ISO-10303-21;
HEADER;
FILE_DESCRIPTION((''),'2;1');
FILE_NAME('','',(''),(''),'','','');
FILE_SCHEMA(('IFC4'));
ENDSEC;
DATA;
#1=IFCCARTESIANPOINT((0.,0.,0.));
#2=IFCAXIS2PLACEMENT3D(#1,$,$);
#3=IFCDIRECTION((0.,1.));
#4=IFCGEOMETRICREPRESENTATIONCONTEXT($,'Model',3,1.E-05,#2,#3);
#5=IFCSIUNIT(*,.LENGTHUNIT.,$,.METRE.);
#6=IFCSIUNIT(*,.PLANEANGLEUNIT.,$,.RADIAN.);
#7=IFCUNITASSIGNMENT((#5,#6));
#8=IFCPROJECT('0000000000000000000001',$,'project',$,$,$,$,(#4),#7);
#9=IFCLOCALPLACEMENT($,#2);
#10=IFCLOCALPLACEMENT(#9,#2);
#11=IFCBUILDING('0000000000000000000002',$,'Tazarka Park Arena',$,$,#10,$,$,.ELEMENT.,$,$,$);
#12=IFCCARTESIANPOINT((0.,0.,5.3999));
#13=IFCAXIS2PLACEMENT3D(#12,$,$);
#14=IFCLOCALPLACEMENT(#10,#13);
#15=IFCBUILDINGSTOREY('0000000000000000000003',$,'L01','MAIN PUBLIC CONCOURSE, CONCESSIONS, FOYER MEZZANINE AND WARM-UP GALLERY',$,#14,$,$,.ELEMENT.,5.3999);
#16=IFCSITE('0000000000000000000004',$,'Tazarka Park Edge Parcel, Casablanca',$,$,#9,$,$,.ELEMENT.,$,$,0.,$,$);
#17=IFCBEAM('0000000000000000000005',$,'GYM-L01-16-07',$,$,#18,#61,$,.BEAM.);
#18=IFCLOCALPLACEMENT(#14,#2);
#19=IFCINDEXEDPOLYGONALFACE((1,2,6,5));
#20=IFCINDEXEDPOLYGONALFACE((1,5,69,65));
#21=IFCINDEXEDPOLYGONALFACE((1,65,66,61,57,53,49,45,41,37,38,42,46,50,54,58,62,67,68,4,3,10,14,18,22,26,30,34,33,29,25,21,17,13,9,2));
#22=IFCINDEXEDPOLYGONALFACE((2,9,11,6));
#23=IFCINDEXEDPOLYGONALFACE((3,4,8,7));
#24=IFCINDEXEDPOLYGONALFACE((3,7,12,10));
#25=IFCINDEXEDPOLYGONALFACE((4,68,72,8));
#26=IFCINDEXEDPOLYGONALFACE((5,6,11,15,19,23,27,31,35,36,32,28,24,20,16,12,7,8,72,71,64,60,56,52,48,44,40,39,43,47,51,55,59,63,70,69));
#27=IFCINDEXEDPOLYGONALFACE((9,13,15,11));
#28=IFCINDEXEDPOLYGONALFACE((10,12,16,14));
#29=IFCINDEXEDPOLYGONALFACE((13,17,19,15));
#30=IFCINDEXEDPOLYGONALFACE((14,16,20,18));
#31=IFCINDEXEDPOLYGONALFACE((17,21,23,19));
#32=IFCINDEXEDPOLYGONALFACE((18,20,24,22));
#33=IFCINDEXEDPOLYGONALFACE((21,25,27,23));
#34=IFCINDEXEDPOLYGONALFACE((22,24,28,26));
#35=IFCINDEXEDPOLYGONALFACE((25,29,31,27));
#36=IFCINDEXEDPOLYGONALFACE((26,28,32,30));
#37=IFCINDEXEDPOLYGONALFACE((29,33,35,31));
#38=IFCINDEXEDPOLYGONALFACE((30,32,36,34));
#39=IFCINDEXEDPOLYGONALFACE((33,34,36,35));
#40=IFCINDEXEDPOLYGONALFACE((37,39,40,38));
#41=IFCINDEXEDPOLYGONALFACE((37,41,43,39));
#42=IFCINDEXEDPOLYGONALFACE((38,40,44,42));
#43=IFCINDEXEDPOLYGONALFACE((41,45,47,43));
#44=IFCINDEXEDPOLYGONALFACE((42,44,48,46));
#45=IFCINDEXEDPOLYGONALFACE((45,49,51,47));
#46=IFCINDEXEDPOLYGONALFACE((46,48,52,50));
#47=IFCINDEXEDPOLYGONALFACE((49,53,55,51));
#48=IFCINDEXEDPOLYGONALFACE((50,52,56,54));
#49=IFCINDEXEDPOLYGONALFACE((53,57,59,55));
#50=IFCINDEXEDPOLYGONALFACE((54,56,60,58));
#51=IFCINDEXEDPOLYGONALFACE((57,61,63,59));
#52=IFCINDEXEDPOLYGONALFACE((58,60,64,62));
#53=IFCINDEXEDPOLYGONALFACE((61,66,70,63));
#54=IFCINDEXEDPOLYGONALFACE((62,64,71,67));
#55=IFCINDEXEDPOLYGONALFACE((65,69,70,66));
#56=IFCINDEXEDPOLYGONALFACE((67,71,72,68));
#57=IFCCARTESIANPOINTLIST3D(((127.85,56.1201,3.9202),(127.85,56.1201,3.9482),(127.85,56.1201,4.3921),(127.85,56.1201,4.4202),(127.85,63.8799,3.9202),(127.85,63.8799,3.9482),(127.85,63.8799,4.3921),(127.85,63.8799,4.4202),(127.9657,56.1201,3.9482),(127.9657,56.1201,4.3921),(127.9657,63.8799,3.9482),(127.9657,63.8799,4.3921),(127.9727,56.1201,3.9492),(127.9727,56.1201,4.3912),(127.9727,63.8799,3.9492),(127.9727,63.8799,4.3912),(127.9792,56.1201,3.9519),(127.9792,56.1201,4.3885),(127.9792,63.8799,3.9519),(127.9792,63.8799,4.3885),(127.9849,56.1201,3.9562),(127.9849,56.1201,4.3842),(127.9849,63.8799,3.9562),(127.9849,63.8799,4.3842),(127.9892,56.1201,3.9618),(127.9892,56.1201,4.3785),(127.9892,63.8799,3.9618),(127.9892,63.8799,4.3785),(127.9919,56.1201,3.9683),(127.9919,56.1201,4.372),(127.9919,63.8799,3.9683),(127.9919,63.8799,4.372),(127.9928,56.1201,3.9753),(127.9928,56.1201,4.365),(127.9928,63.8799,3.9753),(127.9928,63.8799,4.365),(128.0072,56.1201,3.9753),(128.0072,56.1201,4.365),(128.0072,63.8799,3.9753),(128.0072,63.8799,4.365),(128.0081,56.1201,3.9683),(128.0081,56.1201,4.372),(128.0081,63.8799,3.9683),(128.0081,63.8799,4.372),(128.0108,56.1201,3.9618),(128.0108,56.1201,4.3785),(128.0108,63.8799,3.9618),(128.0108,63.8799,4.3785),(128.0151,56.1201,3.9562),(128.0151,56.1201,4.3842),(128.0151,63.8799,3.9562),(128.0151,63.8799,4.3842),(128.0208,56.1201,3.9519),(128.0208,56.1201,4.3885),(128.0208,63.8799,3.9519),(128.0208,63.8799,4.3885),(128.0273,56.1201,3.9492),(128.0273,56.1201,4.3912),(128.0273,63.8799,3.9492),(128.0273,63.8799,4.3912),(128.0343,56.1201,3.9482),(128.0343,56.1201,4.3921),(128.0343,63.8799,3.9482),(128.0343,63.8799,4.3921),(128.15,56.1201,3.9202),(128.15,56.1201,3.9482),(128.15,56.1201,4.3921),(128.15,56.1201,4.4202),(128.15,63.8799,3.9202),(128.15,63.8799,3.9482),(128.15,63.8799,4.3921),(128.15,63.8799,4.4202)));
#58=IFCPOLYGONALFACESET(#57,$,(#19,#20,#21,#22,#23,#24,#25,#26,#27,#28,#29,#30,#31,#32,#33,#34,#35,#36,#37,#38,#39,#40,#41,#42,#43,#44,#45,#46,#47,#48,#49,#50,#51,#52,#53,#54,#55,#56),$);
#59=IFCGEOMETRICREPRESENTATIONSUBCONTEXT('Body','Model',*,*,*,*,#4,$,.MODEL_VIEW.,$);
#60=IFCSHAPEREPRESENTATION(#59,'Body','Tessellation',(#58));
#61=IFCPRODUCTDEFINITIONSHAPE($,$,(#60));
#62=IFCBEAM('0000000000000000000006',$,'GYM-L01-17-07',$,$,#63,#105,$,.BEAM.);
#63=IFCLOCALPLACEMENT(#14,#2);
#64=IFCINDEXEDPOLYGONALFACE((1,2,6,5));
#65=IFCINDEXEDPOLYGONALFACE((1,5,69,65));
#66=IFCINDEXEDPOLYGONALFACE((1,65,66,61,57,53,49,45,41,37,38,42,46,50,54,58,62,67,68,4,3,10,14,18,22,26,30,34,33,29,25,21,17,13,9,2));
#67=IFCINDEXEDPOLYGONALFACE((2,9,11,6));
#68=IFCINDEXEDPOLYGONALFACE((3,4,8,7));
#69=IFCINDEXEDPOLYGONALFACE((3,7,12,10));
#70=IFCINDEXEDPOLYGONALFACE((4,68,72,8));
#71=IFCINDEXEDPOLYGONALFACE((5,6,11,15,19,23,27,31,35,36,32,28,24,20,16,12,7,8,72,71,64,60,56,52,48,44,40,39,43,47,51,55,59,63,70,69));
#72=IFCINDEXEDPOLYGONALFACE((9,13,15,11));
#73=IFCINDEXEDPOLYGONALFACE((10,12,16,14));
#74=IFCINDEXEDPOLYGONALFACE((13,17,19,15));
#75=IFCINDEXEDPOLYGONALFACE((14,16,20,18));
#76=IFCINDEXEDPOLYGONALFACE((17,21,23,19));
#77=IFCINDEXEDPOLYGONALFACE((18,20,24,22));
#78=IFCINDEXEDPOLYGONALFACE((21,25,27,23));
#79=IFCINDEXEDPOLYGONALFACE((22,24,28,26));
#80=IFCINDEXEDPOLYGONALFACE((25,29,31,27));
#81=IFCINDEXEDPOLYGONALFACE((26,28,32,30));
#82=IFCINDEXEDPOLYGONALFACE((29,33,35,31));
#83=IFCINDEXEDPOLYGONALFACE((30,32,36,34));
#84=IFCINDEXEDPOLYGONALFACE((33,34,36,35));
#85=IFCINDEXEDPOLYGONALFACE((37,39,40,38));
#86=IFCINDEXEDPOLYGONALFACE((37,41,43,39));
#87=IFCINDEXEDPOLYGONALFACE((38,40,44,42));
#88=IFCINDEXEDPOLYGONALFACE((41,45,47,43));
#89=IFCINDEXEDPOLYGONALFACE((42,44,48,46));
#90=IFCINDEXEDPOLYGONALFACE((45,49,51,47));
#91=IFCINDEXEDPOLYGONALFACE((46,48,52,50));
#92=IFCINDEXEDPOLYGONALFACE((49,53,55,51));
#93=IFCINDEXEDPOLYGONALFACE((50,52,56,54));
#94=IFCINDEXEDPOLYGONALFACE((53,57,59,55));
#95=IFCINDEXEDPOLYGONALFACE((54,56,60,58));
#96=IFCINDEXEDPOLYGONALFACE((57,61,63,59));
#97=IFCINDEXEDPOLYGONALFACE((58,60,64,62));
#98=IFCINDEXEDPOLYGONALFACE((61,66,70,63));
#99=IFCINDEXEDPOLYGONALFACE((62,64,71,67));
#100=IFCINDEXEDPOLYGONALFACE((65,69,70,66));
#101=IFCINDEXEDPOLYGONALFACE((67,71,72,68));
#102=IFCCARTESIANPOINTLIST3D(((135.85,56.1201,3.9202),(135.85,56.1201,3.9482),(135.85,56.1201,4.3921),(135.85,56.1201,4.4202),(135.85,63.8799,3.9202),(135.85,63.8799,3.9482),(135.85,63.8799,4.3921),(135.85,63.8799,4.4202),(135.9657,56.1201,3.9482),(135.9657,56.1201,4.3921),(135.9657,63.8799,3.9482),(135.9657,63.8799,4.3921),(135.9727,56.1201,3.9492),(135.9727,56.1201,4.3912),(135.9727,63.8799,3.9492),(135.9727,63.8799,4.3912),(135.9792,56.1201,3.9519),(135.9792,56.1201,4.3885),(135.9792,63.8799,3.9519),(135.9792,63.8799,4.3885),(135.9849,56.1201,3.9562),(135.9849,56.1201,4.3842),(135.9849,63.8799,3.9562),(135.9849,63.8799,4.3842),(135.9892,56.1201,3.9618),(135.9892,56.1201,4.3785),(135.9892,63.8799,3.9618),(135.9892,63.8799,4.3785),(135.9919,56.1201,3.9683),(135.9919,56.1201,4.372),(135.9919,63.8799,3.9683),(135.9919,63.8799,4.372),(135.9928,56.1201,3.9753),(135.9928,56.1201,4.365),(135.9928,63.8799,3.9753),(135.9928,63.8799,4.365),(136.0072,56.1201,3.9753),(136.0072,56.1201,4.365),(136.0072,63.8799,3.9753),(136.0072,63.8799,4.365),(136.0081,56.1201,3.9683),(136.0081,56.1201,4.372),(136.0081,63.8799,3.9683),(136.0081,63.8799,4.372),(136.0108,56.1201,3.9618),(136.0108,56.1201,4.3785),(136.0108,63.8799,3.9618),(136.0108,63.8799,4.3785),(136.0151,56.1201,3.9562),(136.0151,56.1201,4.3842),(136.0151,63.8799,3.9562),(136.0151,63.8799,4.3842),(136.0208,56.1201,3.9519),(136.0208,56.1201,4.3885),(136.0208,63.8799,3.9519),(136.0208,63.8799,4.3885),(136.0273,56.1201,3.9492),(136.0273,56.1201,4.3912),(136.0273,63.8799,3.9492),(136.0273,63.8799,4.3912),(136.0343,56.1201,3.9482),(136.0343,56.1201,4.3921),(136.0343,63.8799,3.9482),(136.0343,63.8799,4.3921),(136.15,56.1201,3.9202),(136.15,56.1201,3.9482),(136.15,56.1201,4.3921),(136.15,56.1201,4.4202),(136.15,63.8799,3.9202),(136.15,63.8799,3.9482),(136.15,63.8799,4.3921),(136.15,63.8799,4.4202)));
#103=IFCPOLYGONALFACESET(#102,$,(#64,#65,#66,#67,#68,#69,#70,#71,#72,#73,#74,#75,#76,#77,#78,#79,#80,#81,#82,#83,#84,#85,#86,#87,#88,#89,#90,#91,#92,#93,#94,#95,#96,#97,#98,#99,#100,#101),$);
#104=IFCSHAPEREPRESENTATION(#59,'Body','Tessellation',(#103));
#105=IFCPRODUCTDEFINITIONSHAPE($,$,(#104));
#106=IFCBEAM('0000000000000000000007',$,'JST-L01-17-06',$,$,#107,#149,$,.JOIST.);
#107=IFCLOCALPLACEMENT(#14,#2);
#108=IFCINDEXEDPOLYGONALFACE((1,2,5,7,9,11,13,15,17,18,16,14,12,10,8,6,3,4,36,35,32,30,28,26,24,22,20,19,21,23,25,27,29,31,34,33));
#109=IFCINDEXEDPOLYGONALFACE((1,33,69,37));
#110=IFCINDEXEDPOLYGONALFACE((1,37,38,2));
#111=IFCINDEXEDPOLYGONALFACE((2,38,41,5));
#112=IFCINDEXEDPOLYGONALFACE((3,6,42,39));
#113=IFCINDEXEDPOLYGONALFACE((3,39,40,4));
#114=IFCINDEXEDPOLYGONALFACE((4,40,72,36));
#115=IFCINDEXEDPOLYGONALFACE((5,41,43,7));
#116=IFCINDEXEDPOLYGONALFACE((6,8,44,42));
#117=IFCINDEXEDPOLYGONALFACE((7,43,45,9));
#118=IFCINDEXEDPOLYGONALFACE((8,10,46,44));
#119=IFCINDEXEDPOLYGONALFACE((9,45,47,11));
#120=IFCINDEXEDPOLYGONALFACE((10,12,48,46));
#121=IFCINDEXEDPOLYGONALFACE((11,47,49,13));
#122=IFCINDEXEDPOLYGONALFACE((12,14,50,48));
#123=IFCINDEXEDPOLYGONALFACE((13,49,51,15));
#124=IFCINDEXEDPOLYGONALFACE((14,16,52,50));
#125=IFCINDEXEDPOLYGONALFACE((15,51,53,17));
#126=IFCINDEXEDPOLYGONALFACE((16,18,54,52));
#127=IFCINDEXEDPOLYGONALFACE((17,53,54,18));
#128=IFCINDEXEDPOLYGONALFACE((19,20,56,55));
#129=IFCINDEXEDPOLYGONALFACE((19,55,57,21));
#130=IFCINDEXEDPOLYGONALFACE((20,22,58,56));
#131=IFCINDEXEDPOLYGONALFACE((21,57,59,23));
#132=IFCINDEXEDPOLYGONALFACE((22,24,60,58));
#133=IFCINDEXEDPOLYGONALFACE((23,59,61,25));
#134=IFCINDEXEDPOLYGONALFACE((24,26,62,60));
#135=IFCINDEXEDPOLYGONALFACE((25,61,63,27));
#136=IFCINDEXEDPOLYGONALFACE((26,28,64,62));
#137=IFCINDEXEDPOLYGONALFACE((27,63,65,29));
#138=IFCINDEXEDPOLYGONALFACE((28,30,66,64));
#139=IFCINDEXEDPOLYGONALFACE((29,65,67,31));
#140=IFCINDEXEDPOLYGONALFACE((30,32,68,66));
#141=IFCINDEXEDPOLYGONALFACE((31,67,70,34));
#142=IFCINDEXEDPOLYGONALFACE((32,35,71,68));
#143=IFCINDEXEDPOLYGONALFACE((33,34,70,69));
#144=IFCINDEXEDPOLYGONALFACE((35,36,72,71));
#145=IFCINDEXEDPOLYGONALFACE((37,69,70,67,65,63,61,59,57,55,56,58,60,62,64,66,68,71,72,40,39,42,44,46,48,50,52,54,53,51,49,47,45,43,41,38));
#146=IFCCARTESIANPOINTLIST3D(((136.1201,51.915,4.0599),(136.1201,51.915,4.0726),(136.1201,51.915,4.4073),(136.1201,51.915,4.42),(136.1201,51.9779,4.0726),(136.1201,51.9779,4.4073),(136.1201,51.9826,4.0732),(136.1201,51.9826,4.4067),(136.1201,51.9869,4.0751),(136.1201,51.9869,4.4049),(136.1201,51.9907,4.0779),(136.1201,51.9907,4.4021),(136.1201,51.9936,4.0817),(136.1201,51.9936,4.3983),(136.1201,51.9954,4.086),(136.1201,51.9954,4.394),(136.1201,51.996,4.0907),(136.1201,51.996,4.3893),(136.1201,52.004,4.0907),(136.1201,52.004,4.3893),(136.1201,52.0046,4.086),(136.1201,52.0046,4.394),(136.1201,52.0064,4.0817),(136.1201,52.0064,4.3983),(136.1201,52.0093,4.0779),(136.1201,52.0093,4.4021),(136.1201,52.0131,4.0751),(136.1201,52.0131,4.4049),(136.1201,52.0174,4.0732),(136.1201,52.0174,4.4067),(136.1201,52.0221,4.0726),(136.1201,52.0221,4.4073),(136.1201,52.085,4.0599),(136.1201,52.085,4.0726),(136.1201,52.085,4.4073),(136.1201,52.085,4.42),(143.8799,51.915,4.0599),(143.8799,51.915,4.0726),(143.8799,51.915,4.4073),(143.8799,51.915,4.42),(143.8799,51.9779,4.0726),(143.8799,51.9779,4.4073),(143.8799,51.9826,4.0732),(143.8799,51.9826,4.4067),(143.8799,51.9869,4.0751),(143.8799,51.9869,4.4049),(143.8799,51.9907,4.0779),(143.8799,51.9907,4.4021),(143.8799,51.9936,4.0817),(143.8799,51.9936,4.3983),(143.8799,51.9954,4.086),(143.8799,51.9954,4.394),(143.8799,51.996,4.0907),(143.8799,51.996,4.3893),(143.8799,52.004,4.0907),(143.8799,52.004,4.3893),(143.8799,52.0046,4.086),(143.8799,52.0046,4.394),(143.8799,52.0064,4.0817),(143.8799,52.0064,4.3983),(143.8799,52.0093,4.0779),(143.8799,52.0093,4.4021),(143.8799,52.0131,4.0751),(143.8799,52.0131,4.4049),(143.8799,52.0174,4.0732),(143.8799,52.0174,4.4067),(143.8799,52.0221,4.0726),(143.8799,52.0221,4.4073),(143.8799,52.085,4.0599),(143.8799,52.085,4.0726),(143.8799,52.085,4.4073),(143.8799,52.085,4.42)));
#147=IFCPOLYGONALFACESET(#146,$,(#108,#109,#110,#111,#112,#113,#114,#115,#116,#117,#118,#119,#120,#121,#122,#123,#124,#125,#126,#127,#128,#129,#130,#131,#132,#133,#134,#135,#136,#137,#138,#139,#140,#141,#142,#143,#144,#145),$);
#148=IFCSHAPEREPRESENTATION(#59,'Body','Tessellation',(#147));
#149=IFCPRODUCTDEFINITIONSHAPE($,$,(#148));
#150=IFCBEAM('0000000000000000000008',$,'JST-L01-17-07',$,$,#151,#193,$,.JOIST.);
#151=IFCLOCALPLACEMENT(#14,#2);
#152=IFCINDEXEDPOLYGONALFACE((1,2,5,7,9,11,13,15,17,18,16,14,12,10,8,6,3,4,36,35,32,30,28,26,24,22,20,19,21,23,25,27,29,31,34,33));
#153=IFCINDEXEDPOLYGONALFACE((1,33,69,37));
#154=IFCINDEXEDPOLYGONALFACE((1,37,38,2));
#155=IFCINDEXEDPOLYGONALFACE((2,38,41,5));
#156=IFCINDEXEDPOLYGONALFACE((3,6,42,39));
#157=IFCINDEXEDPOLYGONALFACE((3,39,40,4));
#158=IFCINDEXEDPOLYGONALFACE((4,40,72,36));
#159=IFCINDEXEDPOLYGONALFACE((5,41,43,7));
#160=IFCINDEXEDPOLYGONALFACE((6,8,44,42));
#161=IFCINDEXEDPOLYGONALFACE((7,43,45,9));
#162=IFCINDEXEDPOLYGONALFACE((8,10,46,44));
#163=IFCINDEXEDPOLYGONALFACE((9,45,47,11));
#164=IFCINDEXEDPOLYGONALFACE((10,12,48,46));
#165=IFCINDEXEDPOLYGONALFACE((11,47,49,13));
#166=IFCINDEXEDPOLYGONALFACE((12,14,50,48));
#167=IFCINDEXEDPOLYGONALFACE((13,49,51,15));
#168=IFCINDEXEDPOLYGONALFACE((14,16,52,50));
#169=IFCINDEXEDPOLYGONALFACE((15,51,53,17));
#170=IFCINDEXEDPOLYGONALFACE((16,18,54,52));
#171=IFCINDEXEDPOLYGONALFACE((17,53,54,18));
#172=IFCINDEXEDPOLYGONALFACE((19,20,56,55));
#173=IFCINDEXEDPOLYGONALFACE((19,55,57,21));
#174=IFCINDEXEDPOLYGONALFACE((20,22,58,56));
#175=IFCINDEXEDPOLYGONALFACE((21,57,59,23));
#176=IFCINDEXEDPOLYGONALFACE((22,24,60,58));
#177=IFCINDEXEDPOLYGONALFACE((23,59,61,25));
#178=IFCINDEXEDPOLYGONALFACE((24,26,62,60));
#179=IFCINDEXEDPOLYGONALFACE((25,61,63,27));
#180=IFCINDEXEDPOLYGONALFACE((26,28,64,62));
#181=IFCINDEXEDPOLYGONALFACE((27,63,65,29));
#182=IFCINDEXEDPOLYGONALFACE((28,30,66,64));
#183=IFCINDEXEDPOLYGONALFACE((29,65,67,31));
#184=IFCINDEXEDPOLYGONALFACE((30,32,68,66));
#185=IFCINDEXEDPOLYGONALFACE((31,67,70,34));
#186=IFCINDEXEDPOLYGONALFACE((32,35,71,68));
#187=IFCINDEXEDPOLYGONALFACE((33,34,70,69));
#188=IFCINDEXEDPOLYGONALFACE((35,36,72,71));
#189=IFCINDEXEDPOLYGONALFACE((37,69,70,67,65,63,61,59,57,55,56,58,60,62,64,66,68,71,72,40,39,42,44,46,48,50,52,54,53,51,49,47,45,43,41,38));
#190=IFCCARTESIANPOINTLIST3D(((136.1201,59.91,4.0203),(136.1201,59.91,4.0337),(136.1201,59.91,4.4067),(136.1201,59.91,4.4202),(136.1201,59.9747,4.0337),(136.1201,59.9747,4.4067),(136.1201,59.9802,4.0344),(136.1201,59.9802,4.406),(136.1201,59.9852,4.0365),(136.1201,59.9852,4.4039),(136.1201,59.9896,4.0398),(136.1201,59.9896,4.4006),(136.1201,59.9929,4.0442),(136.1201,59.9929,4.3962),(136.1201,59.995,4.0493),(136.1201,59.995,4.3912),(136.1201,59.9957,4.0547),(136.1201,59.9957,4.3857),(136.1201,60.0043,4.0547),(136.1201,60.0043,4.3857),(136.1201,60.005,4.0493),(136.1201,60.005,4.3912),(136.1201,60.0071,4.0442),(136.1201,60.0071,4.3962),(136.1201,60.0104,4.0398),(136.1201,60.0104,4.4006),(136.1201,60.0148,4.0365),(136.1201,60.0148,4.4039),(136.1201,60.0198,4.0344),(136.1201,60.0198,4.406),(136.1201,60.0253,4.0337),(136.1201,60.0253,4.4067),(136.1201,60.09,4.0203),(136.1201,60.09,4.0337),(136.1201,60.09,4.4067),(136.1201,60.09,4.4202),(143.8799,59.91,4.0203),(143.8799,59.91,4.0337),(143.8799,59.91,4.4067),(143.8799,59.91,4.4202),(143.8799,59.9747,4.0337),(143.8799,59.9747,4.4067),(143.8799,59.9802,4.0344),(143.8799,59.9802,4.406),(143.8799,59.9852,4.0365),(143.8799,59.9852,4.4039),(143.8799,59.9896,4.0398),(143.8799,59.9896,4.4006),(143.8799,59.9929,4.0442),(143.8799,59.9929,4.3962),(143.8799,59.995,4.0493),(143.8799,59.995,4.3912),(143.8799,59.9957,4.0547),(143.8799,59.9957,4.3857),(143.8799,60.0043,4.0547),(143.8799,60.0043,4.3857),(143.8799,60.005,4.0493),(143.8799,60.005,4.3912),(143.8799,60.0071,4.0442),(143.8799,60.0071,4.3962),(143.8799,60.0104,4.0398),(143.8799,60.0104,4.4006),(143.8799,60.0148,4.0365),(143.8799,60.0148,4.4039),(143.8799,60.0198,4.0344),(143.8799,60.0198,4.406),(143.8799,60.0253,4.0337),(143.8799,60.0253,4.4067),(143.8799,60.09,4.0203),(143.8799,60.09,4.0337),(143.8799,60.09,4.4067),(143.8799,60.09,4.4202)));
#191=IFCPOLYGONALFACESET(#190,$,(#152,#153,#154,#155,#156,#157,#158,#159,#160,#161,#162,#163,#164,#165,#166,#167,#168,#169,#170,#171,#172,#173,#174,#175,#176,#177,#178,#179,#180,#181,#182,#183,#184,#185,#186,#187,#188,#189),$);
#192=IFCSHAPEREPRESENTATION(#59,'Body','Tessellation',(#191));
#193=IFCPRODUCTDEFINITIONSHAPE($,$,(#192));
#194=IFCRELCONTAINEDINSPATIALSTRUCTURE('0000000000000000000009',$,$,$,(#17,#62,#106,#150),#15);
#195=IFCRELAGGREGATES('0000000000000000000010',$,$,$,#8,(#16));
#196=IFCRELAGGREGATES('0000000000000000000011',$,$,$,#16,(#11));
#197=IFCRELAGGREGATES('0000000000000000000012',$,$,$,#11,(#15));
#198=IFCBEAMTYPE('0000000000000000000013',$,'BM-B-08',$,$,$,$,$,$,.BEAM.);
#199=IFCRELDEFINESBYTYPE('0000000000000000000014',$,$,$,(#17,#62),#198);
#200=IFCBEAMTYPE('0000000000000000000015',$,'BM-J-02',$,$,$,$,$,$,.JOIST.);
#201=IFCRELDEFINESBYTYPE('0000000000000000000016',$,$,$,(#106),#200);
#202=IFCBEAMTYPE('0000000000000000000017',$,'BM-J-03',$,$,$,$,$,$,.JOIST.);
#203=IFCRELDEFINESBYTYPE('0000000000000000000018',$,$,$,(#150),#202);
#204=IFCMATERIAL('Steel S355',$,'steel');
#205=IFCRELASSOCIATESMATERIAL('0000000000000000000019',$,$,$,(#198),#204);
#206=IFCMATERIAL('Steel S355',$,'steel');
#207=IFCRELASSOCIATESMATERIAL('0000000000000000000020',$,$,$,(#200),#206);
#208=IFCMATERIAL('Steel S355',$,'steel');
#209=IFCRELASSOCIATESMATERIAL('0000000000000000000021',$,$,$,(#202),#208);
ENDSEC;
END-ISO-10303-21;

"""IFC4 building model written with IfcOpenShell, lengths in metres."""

from ifc_helpers import new_model, si_unit, direction, frame, origin, origin_2d, place, context, subcontext, project, spatial, i_section, extrude, material, material_profile, profile_set, type_object, element, save


model = new_model("IFC4")

# Units and contexts
model_context = context("Model", 3, precision=1e-05, world=origin(), true_north=direction((0.0, 1.0)))
body_context = subcontext(model_context, "Body", "Model", "MODEL_VIEW")
ifc_project = project(units=[si_unit("LENGTHUNIT", "METRE"), si_unit("PLANEANGLEUNIT", "RADIAN")], contexts=[model_context])

# Site, building, storey
site_placement = place(None, origin())
site = spatial("IfcSite", under=ifc_project, at=site_placement, Name="Tazarka Park Edge Parcel, Casablanca", CompositionType="ELEMENT", RefElevation=0.0)
building_placement = place(site_placement, origin())
building = spatial("IfcBuilding", under=site, at=building_placement, Name="Tazarka Park Arena", CompositionType="ELEMENT")
storey_placement = place(building_placement, frame((0.0, 0.0, 5.3999)))
storey = spatial("IfcBuildingStorey", under=building, at=storey_placement, Name="L01", Description="MAIN PUBLIC CONCOURSE, CONCESSIONS, FOYER MEZZANINE AND WARM-UP GALLERY", CompositionType="ELEMENT", Elevation=5.3999)

# Beams
ifc_material_1 = material(Name="Steel S355", Category="steel")
ifc_material_profile_1 = material_profile(ifc_material_1, i_section(OverallWidth=0.3, OverallDepth=0.5, WebThickness=0.0144, FlangeThickness=0.0281, FilletRadius=0.0271, at=origin_2d()), Name="Steel S355")
ifc_profile_set_1 = profile_set([ifc_material_profile_1], Name="Steel S355")
beam_type_1 = type_object("IfcBeamType", Name="BM-B-08", PredefinedType="BEAM", material=ifc_profile_set_1)
for number, where, z_axis, x_axis, name in (
    (1, (128.0, 56.1201, 4.1702), (0.0, 1.0, 0.0), (-1.0, 0.0, 0.0), "GYM-L01-16-07"),
    (2, (136.0, 56.1201, 4.1702), (0.0, 1.0, 0.0), (-1.0, 0.0, 0.0), "GYM-L01-17-07"),
):
    element("IfcBeam", number, at=place(storey_placement, frame(where, z_axis=z_axis, x_axis=x_axis)), inside=storey, type_object=beam_type_1, Name=name, PredefinedType="BEAM", context=body_context, shape_type="SweptSolid", body=[
        extrude(i_section(OverallWidth=0.3, OverallDepth=0.5, WebThickness=0.0144, FlangeThickness=0.0281, FilletRadius=0.0271, at=origin_2d()), origin(), (0.0, 0.0, 1.0), 7.7598),
    ])
ifc_material_2 = material(Name="Steel S355", Category="steel")
ifc_material_profile_2 = material_profile(ifc_material_2, i_section(OverallWidth=0.1699, OverallDepth=0.3601, WebThickness=0.0081, FlangeThickness=0.0127, FilletRadius=0.0181, at=origin_2d()), Name="Steel S355")
ifc_profile_set_2 = profile_set([ifc_material_profile_2], Name="Steel S355")
beam_type_2 = type_object("IfcBeamType", Name="BM-J-02", PredefinedType="JOIST", material=ifc_profile_set_2)
beam_1_placement = place(storey_placement, frame((136.1201, 52.0, 4.24), z_axis=(1.0, 0.0, 0.0), x_axis=(0.0, 1.0, 0.0)))
element("IfcBeam", 3, at=beam_1_placement, inside=storey, type_object=beam_type_2, Name="JST-L01-17-06", PredefinedType="JOIST", context=body_context, shape_type="SweptSolid", body=[
    extrude(i_section(OverallWidth=0.1699, OverallDepth=0.3601, WebThickness=0.0081, FlangeThickness=0.0127, FilletRadius=0.0181, at=origin_2d()), origin(), (0.0, 0.0, 1.0), 7.7598),
])
ifc_material_3 = material(Name="Steel S355", Category="steel")
ifc_material_profile_3 = material_profile(ifc_material_3, i_section(OverallWidth=0.1799, OverallDepth=0.3999, WebThickness=0.0085, FlangeThickness=0.0134, FilletRadius=0.021, at=origin_2d()), Name="Steel S355")
ifc_profile_set_3 = profile_set([ifc_material_profile_3], Name="Steel S355")
beam_type_3 = type_object("IfcBeamType", Name="BM-J-03", PredefinedType="JOIST", material=ifc_profile_set_3)
beam_2_placement = place(storey_placement, frame((136.1201, 60.0, 4.2202), z_axis=(1.0, 0.0, 0.0), x_axis=(0.0, 1.0, 0.0)))
element("IfcBeam", 4, at=beam_2_placement, inside=storey, type_object=beam_type_3, Name="JST-L01-17-07", PredefinedType="JOIST", context=body_context, shape_type="SweptSolid", body=[
    extrude(i_section(OverallWidth=0.1799, OverallDepth=0.3999, WebThickness=0.0085, FlangeThickness=0.0134, FilletRadius=0.021, at=origin_2d()), origin(), (0.0, 0.0, 1.0), 7.7598),
])

save(model, "model.ifc")
